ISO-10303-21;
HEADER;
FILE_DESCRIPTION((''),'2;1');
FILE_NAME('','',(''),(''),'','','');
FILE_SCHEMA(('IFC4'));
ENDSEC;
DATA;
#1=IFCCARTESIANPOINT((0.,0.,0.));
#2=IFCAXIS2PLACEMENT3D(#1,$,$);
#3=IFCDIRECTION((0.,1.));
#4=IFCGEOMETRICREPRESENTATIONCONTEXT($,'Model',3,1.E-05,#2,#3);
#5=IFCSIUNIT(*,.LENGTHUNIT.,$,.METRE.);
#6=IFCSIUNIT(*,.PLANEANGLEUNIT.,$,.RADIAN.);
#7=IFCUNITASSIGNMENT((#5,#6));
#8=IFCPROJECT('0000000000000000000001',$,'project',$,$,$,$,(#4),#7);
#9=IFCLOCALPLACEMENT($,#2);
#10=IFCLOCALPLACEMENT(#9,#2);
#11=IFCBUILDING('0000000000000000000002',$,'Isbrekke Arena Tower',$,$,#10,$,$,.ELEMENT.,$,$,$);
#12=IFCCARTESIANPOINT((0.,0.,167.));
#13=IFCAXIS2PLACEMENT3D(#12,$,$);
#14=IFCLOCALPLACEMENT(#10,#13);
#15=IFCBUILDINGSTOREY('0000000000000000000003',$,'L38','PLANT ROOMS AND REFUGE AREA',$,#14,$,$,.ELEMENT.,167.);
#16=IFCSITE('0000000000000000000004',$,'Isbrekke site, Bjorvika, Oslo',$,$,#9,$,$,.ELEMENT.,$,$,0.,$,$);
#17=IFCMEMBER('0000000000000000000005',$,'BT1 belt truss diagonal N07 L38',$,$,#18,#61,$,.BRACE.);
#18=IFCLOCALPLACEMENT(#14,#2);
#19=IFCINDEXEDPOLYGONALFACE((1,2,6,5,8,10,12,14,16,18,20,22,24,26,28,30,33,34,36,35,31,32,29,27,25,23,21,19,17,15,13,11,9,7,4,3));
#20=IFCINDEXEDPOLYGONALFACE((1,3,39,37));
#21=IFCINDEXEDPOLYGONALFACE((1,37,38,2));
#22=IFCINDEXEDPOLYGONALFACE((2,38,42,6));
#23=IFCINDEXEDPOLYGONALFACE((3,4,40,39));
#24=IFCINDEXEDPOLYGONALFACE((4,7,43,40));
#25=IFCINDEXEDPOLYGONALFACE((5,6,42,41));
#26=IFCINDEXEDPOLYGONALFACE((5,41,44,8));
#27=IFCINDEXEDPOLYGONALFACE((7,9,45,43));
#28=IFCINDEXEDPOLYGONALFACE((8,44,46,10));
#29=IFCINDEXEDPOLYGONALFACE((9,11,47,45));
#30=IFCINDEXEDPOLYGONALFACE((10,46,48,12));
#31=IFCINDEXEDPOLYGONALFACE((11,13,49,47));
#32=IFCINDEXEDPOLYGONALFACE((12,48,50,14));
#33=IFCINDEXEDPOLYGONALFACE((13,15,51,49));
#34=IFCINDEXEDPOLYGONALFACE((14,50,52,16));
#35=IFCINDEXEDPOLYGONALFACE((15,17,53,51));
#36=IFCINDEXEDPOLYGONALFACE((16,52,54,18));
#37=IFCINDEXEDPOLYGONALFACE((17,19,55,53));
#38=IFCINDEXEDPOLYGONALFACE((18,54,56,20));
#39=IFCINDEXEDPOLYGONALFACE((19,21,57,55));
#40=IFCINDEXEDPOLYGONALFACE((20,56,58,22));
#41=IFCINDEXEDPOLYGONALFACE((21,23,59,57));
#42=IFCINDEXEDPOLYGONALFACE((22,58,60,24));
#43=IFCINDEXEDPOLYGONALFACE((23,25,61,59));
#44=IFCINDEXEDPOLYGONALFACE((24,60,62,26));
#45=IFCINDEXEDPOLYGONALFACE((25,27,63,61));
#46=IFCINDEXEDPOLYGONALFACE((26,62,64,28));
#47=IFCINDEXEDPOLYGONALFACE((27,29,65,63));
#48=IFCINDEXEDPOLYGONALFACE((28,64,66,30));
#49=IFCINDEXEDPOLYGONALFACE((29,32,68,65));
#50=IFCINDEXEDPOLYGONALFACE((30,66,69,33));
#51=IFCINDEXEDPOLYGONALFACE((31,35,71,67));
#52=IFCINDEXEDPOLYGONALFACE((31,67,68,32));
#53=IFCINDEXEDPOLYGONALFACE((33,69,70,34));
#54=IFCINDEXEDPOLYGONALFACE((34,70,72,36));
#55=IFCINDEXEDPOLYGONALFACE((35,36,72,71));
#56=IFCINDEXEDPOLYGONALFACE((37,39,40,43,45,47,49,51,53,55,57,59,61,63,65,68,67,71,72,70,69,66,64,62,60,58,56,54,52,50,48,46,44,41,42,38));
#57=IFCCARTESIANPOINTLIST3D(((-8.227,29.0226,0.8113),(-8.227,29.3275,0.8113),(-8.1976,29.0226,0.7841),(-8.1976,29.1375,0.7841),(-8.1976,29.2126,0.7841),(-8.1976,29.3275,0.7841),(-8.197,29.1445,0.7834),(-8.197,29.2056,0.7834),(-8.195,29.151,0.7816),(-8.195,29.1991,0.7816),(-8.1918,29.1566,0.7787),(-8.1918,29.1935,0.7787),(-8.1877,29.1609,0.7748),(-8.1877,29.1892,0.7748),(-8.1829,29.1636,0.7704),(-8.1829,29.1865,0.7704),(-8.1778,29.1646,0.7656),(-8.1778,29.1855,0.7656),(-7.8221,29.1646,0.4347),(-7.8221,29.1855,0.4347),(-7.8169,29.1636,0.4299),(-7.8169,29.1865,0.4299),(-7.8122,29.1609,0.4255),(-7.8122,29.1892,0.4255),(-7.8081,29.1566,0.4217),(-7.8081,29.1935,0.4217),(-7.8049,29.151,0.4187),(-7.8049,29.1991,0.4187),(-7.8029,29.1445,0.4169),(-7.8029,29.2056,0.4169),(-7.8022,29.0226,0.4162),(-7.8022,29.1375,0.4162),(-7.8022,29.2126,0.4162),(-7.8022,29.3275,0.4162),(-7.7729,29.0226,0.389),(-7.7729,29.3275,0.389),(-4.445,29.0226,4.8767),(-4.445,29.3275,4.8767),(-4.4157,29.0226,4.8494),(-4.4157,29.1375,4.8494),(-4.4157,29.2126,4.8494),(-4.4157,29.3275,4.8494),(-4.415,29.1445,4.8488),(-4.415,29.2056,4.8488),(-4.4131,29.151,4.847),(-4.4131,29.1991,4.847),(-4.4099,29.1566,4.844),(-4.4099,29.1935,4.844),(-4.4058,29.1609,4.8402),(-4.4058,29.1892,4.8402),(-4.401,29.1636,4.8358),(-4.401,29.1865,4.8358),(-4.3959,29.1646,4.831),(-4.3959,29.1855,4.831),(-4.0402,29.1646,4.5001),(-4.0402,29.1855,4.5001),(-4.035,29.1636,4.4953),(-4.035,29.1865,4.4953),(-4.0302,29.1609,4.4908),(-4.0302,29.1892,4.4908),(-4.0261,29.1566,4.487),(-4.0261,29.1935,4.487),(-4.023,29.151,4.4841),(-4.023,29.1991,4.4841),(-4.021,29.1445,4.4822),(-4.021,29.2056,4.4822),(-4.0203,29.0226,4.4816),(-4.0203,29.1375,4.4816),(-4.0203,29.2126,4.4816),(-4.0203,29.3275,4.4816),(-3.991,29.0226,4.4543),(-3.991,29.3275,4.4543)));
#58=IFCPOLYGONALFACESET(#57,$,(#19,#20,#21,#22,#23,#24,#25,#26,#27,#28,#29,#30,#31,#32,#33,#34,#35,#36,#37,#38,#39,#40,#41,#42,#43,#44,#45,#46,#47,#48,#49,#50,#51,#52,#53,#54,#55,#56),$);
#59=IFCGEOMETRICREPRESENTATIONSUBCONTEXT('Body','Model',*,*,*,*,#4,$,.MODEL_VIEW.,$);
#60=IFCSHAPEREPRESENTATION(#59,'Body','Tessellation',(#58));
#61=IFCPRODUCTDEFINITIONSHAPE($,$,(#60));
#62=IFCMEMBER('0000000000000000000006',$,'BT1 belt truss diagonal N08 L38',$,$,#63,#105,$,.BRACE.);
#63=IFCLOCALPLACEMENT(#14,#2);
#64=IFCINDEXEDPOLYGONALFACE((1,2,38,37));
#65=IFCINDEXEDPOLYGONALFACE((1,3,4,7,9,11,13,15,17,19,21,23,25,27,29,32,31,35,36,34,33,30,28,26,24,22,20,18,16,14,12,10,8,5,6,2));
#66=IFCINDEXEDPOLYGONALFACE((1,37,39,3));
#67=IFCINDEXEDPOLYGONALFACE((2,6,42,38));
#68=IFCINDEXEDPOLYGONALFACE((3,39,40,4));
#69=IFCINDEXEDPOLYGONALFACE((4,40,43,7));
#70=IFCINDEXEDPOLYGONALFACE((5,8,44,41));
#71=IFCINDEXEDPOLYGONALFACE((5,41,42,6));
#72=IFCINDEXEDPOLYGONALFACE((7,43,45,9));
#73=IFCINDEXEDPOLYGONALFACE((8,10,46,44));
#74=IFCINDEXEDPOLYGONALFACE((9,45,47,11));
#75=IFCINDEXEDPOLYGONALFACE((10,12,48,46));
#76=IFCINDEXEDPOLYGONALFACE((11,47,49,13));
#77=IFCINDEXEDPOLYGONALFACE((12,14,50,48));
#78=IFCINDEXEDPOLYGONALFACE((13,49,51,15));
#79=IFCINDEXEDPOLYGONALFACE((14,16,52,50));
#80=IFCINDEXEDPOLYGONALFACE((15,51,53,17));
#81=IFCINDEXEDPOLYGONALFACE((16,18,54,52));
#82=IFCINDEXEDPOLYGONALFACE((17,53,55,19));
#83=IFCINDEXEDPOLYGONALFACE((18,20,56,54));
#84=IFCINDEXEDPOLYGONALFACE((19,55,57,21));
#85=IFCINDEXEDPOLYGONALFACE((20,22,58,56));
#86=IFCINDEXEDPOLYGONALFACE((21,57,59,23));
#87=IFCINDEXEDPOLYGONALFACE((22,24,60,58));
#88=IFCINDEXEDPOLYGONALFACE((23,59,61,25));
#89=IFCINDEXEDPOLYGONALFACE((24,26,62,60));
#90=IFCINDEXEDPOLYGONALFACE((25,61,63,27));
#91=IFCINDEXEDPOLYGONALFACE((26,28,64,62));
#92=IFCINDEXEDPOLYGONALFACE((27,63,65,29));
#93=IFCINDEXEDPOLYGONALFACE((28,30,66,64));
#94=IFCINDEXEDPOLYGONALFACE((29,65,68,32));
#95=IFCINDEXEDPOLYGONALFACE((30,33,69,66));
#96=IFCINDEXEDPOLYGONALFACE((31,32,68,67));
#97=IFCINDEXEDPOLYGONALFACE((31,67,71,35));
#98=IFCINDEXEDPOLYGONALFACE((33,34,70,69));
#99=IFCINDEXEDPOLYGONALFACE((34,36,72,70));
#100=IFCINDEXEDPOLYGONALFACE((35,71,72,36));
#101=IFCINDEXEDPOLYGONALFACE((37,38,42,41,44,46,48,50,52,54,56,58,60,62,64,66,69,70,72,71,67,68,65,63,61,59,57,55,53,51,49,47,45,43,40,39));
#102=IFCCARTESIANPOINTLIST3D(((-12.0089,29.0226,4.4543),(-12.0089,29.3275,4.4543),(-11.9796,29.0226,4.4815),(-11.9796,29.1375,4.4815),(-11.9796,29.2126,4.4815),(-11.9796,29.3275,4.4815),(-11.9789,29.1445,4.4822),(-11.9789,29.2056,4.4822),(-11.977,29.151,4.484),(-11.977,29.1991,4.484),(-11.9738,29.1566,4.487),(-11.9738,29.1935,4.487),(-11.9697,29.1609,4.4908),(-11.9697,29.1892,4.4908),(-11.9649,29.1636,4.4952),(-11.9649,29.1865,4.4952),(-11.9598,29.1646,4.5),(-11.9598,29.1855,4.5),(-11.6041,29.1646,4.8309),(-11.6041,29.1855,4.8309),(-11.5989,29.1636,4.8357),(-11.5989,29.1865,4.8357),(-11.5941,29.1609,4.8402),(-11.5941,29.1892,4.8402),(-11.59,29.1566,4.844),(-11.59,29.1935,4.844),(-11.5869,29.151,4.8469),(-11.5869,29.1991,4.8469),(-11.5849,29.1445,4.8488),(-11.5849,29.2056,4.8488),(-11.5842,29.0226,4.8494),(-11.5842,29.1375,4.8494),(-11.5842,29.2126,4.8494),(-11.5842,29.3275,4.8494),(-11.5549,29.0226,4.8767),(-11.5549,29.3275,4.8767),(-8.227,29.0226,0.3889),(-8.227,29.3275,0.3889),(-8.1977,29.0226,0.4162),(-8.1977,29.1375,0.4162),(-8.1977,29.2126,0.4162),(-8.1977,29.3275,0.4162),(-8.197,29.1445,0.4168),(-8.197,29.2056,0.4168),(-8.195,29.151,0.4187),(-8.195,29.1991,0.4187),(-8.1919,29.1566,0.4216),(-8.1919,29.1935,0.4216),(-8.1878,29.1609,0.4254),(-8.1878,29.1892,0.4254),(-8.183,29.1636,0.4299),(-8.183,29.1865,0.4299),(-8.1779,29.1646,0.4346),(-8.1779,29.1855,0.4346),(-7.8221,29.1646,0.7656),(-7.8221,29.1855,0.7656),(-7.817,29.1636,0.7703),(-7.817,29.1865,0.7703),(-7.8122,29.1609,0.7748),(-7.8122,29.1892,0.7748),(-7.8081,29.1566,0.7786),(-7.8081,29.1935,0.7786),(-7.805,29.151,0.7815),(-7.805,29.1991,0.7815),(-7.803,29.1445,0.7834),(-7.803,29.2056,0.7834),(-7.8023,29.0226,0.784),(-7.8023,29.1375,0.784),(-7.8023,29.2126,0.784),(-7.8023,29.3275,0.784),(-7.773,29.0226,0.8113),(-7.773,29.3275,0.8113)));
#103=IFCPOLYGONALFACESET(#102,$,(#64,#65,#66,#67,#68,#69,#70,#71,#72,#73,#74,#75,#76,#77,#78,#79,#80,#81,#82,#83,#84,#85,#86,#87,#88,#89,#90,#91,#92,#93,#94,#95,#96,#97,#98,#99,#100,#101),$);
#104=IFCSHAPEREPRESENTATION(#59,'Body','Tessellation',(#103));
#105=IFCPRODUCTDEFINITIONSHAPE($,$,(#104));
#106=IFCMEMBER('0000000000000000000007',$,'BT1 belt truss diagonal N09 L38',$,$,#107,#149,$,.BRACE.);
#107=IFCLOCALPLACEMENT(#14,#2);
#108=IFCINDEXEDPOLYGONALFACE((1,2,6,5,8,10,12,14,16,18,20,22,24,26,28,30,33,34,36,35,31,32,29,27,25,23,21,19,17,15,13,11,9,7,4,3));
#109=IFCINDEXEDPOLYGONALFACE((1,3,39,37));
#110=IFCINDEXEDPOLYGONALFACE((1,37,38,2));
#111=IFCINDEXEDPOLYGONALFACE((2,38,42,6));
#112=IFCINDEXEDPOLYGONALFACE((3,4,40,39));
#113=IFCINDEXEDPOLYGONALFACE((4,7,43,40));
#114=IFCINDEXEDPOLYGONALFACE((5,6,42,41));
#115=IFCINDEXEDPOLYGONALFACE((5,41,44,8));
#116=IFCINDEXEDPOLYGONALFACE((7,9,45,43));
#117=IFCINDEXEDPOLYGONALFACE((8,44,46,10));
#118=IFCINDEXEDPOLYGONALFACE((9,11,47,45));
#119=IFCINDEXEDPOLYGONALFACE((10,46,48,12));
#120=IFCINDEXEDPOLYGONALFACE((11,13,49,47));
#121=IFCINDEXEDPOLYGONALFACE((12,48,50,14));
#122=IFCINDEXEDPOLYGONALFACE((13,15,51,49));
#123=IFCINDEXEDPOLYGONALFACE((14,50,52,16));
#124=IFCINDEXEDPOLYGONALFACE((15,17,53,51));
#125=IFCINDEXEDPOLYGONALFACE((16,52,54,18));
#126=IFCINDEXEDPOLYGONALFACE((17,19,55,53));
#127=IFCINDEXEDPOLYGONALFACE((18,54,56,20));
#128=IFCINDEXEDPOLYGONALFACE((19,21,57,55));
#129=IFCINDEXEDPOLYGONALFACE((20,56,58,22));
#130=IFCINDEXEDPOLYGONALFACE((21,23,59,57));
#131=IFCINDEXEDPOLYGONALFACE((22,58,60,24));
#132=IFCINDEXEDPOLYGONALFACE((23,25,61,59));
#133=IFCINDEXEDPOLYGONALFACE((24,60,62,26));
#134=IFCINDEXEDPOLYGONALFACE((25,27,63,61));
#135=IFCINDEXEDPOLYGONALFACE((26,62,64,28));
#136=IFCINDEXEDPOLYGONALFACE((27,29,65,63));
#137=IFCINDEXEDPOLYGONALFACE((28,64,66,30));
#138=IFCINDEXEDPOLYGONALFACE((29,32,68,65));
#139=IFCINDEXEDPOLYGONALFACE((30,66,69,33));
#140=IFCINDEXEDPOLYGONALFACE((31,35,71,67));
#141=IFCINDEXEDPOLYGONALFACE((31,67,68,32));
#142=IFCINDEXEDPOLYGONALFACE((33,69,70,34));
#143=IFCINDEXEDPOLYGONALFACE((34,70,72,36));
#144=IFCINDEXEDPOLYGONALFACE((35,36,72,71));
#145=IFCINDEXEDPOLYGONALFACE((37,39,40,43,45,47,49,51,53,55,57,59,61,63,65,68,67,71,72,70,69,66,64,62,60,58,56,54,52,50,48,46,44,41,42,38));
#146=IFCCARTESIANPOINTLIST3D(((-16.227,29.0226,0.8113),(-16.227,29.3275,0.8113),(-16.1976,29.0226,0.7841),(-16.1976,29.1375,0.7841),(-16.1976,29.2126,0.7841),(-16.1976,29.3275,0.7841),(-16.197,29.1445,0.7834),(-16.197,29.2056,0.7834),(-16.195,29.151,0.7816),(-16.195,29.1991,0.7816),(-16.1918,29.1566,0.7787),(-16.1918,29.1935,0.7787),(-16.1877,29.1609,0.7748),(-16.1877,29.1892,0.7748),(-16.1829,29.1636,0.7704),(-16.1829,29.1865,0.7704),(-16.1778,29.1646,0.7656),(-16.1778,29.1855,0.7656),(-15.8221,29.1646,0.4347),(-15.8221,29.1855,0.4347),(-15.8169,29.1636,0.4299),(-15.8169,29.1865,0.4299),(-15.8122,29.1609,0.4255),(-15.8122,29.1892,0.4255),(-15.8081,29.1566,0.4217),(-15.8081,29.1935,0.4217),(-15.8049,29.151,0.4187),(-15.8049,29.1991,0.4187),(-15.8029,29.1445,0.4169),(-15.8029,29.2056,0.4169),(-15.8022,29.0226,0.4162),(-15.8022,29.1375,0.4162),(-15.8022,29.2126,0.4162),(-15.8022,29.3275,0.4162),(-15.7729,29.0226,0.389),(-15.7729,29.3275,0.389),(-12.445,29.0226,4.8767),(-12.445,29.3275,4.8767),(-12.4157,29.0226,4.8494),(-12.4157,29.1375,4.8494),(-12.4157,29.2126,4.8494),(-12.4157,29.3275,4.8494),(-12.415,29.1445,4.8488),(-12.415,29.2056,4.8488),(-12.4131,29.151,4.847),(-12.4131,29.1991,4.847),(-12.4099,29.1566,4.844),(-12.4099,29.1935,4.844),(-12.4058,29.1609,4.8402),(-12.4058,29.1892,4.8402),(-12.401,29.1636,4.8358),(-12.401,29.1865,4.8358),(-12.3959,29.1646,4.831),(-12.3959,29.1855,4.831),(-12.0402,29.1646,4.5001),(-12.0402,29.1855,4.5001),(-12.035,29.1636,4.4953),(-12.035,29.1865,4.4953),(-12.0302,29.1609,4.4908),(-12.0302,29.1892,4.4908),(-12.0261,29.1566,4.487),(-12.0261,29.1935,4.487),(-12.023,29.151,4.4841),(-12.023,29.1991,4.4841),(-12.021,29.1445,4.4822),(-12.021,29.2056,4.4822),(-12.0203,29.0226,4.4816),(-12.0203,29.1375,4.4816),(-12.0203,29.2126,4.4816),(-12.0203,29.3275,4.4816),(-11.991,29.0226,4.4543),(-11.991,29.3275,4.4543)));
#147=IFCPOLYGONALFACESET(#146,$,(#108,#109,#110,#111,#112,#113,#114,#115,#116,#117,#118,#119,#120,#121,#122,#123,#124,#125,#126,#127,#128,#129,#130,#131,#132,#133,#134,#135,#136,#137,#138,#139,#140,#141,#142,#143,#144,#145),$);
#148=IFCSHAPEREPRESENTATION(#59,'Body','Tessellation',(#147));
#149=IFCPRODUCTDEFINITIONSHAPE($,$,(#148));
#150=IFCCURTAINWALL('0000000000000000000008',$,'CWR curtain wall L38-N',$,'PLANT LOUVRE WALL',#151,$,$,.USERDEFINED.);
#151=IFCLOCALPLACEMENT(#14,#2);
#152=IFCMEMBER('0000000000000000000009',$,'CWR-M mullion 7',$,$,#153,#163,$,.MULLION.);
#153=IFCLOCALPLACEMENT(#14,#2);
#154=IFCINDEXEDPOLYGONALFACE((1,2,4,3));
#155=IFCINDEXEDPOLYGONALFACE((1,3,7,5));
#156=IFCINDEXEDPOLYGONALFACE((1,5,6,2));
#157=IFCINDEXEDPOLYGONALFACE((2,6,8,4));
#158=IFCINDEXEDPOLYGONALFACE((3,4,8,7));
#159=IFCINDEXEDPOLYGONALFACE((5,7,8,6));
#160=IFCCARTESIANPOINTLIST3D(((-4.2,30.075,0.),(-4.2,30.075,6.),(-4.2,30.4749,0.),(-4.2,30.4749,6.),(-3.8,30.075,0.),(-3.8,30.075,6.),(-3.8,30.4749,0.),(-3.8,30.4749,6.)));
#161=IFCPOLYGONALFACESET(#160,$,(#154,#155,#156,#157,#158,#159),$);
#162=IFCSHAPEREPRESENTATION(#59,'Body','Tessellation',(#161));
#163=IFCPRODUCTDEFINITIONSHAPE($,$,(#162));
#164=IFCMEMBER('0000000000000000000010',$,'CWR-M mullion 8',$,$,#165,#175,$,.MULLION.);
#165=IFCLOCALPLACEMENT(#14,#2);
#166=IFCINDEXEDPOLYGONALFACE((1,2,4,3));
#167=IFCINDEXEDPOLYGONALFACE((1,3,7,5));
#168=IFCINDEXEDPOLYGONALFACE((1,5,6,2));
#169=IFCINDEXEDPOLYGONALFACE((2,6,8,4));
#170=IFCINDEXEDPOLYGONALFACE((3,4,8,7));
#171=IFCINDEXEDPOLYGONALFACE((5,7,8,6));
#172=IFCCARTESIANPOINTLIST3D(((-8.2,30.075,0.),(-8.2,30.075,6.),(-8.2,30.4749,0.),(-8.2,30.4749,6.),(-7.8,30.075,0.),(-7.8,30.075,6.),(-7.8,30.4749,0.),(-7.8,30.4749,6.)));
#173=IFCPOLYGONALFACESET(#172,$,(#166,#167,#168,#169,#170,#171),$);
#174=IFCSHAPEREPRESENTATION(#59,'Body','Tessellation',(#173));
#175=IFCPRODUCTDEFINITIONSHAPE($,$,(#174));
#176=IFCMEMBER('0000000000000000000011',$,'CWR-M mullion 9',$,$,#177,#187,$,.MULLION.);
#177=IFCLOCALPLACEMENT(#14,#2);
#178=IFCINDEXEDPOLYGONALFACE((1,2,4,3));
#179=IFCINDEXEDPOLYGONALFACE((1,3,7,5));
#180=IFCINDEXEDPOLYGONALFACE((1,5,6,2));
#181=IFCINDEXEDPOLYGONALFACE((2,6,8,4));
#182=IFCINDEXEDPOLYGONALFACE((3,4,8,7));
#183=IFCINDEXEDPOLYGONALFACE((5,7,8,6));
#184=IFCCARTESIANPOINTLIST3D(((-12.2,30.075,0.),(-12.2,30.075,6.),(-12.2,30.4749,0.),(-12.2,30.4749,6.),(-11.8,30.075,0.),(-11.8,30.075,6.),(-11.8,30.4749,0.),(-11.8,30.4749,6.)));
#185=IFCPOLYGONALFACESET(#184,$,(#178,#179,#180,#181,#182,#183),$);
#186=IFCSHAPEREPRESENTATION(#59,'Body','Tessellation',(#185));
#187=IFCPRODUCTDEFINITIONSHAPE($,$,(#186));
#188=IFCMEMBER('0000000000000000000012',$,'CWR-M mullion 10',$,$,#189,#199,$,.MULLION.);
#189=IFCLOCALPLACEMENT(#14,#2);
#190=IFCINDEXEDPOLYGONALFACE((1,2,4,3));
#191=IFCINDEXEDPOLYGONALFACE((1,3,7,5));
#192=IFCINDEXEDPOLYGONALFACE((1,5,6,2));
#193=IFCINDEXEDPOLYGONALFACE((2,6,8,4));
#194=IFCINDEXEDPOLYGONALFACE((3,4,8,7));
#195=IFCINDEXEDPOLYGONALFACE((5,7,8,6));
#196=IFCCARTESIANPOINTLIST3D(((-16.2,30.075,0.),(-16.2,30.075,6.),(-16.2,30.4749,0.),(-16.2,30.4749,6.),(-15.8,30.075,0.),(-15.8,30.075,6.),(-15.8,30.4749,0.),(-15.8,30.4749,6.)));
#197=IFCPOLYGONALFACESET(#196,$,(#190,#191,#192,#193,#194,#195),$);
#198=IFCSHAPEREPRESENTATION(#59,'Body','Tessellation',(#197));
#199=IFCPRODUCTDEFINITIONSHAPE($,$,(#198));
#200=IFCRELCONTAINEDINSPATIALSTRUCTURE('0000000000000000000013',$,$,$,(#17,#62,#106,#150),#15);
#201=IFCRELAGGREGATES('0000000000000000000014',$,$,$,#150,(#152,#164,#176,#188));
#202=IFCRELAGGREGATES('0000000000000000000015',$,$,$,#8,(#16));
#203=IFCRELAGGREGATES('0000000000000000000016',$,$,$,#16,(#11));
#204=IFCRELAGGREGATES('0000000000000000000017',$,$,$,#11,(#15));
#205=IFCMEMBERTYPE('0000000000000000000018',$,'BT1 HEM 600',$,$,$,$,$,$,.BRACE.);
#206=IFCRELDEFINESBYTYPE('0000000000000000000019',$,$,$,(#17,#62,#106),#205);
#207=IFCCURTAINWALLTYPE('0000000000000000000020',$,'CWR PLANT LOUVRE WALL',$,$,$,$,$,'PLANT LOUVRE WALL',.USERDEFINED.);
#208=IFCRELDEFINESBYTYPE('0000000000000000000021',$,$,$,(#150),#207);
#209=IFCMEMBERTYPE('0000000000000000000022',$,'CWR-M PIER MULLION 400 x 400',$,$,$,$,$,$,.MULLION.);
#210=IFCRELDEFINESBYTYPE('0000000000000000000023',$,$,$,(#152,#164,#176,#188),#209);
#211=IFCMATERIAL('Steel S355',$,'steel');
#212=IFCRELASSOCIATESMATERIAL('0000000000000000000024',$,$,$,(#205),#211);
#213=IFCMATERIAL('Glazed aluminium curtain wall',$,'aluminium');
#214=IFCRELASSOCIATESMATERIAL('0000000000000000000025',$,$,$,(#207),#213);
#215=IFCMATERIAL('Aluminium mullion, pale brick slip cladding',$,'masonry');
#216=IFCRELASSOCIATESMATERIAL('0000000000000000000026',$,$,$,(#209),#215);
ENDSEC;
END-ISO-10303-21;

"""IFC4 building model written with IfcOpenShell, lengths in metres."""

from ifc_helpers import new_model, si_unit, direction, frame, origin, origin_2d, place, context, subcontext, project, spatial, rectangle, i_section, extrude, material, material_profile, profile_set, type_object, element, aggregate, save


model = new_model("IFC4")

# Units and contexts
model_context = context("Model", 3, precision=1e-05, world=origin(), true_north=direction((0.0, 1.0)))
body_context = subcontext(model_context, "Body", "Model", "MODEL_VIEW")
ifc_project = project(units=[si_unit("LENGTHUNIT", "METRE"), si_unit("PLANEANGLEUNIT", "RADIAN")], contexts=[model_context])

# Site, building, storey
site_placement = place(None, origin())
site = spatial("IfcSite", under=ifc_project, at=site_placement, Name="Isbrekke site, Bjorvika, Oslo", CompositionType="ELEMENT", RefElevation=0.0)
building_placement = place(site_placement, origin())
building = spatial("IfcBuilding", under=site, at=building_placement, Name="Isbrekke Arena Tower", CompositionType="ELEMENT")
storey_placement = place(building_placement, frame((0.0, 0.0, 167.0)))
storey = spatial("IfcBuildingStorey", under=building, at=storey_placement, Name="L38", Description="PLANT ROOMS AND REFUGE AREA", CompositionType="ELEMENT", Elevation=167.0)

# Members
ifc_material_1 = material(Name="Steel S355", Category="steel")
ifc_material_profile_1 = material_profile(ifc_material_1, i_section(OverallWidth=0.3049, OverallDepth=0.6201, WebThickness=0.021, FlangeThickness=0.04, FilletRadius=0.0271, at=origin_2d()), Name="HEM 600")
ifc_profile_set_1 = profile_set([ifc_material_profile_1], Name="Steel S355")
member_type_1 = type_object("IfcMemberType", Name="BT1 HEM 600", PredefinedType="BRACE", material=ifc_profile_set_1)
for number, where, z_axis, x_axis, name in (
    (1, (-4.218, 29.175, 4.6655), (-0.681122, 0.0, -0.73217), (0.0, -1.0, 0.0), "BT1 belt truss diagonal N07 L38"),
    (2, (-8.0, 29.175, 0.6001), (-0.681122, 0.0, 0.73217), (0.0, -1.0, 0.0), "BT1 belt truss diagonal N08 L38"),
    (3, (-12.218, 29.175, 4.6655), (-0.681122, 0.0, -0.73217), (0.0, -1.0, 0.0), "BT1 belt truss diagonal N09 L38"),
):
    element("IfcMember", number, at=place(storey_placement, frame(where, z_axis=z_axis, x_axis=x_axis)), inside=storey, type_object=member_type_1, Name=name, PredefinedType="BRACE", context=body_context, shape_type="SweptSolid", body=[
        extrude(i_section(OverallWidth=0.3049, OverallDepth=0.6201, WebThickness=0.021, FlangeThickness=0.04, FilletRadius=0.0271, at=origin_2d()), origin(), (0.0, 0.0, 1.0), 5.5525),
    ])

# Curtain wall, members
ifc_material_2 = material(Name="Glazed aluminium curtain wall", Category="aluminium")
curtain_wall_type = type_object("IfcCurtainWallType", Name="CWR PLANT LOUVRE WALL", ElementType="PLANT LOUVRE WALL", PredefinedType="USERDEFINED", material=ifc_material_2)
curtain_wall_placement = place(storey_placement, origin())
curtain_wall = element("IfcCurtainWall", 4, at=curtain_wall_placement, inside=storey, type_object=curtain_wall_type, Name="CWR curtain wall L38-N", ObjectType="PLANT LOUVRE WALL", PredefinedType="USERDEFINED")
ifc_material_3 = material(Name="Aluminium mullion, pale brick slip cladding", Category="masonry")
ifc_material_profile_2 = material_profile(ifc_material_3, rectangle(XDim=0.3999, YDim=0.3999, at=origin_2d()), Name="PIER 400X400")
ifc_profile_set_2 = profile_set([ifc_material_profile_2], Name="Aluminium mullion, pale brick slip cladding")
member_type_2 = type_object("IfcMemberType", Name="CWR-M PIER MULLION 400 x 400", PredefinedType="MULLION", material=ifc_profile_set_2)
member_1_placement = place(storey_placement, frame((-4.0, 30.2749, 0.0), z_axis=(0.0, 0.0, 1.0), x_axis=(-1.0, 0.0, 0.0)))
member_1 = element("IfcMember", 5, at=member_1_placement, type_object=member_type_2, Name="CWR-M mullion 7", PredefinedType="MULLION", context=body_context, shape_type="SweptSolid", body=[
    extrude(rectangle(XDim=0.3999, YDim=0.3999, at=origin_2d()), origin(), (0.0, 0.0, 1.0), 6.0),
])
member_2_placement = place(storey_placement, frame((-8.0, 30.2749, 0.0), z_axis=(0.0, 0.0, 1.0), x_axis=(-1.0, 0.0, 0.0)))
member_2 = element("IfcMember", 6, at=member_2_placement, type_object=member_type_2, Name="CWR-M mullion 8", PredefinedType="MULLION", context=body_context, shape_type="SweptSolid", body=[
    extrude(rectangle(XDim=0.3999, YDim=0.3999, at=origin_2d()), origin(), (0.0, 0.0, 1.0), 6.0),
])
member_3_placement = place(storey_placement, frame((-12.0, 30.2749, 0.0), z_axis=(0.0, 0.0, 1.0), x_axis=(-1.0, 0.0, 0.0)))
member_3 = element("IfcMember", 7, at=member_3_placement, type_object=member_type_2, Name="CWR-M mullion 9", PredefinedType="MULLION", context=body_context, shape_type="SweptSolid", body=[
    extrude(rectangle(XDim=0.3999, YDim=0.3999, at=origin_2d()), origin(), (0.0, 0.0, 1.0), 6.0),
])
member_4_placement = place(storey_placement, frame((-16.0, 30.2749, 0.0), z_axis=(0.0, 0.0, 1.0), x_axis=(-1.0, 0.0, 0.0)))
member_4 = element("IfcMember", 8, at=member_4_placement, type_object=member_type_2, Name="CWR-M mullion 10", PredefinedType="MULLION", context=body_context, shape_type="SweptSolid", body=[
    extrude(rectangle(XDim=0.3999, YDim=0.3999, at=origin_2d()), origin(), (0.0, 0.0, 1.0), 6.0),
])

aggregate(curtain_wall, [member_1, member_2, member_3, member_4])

save(model, "model.ifc")
